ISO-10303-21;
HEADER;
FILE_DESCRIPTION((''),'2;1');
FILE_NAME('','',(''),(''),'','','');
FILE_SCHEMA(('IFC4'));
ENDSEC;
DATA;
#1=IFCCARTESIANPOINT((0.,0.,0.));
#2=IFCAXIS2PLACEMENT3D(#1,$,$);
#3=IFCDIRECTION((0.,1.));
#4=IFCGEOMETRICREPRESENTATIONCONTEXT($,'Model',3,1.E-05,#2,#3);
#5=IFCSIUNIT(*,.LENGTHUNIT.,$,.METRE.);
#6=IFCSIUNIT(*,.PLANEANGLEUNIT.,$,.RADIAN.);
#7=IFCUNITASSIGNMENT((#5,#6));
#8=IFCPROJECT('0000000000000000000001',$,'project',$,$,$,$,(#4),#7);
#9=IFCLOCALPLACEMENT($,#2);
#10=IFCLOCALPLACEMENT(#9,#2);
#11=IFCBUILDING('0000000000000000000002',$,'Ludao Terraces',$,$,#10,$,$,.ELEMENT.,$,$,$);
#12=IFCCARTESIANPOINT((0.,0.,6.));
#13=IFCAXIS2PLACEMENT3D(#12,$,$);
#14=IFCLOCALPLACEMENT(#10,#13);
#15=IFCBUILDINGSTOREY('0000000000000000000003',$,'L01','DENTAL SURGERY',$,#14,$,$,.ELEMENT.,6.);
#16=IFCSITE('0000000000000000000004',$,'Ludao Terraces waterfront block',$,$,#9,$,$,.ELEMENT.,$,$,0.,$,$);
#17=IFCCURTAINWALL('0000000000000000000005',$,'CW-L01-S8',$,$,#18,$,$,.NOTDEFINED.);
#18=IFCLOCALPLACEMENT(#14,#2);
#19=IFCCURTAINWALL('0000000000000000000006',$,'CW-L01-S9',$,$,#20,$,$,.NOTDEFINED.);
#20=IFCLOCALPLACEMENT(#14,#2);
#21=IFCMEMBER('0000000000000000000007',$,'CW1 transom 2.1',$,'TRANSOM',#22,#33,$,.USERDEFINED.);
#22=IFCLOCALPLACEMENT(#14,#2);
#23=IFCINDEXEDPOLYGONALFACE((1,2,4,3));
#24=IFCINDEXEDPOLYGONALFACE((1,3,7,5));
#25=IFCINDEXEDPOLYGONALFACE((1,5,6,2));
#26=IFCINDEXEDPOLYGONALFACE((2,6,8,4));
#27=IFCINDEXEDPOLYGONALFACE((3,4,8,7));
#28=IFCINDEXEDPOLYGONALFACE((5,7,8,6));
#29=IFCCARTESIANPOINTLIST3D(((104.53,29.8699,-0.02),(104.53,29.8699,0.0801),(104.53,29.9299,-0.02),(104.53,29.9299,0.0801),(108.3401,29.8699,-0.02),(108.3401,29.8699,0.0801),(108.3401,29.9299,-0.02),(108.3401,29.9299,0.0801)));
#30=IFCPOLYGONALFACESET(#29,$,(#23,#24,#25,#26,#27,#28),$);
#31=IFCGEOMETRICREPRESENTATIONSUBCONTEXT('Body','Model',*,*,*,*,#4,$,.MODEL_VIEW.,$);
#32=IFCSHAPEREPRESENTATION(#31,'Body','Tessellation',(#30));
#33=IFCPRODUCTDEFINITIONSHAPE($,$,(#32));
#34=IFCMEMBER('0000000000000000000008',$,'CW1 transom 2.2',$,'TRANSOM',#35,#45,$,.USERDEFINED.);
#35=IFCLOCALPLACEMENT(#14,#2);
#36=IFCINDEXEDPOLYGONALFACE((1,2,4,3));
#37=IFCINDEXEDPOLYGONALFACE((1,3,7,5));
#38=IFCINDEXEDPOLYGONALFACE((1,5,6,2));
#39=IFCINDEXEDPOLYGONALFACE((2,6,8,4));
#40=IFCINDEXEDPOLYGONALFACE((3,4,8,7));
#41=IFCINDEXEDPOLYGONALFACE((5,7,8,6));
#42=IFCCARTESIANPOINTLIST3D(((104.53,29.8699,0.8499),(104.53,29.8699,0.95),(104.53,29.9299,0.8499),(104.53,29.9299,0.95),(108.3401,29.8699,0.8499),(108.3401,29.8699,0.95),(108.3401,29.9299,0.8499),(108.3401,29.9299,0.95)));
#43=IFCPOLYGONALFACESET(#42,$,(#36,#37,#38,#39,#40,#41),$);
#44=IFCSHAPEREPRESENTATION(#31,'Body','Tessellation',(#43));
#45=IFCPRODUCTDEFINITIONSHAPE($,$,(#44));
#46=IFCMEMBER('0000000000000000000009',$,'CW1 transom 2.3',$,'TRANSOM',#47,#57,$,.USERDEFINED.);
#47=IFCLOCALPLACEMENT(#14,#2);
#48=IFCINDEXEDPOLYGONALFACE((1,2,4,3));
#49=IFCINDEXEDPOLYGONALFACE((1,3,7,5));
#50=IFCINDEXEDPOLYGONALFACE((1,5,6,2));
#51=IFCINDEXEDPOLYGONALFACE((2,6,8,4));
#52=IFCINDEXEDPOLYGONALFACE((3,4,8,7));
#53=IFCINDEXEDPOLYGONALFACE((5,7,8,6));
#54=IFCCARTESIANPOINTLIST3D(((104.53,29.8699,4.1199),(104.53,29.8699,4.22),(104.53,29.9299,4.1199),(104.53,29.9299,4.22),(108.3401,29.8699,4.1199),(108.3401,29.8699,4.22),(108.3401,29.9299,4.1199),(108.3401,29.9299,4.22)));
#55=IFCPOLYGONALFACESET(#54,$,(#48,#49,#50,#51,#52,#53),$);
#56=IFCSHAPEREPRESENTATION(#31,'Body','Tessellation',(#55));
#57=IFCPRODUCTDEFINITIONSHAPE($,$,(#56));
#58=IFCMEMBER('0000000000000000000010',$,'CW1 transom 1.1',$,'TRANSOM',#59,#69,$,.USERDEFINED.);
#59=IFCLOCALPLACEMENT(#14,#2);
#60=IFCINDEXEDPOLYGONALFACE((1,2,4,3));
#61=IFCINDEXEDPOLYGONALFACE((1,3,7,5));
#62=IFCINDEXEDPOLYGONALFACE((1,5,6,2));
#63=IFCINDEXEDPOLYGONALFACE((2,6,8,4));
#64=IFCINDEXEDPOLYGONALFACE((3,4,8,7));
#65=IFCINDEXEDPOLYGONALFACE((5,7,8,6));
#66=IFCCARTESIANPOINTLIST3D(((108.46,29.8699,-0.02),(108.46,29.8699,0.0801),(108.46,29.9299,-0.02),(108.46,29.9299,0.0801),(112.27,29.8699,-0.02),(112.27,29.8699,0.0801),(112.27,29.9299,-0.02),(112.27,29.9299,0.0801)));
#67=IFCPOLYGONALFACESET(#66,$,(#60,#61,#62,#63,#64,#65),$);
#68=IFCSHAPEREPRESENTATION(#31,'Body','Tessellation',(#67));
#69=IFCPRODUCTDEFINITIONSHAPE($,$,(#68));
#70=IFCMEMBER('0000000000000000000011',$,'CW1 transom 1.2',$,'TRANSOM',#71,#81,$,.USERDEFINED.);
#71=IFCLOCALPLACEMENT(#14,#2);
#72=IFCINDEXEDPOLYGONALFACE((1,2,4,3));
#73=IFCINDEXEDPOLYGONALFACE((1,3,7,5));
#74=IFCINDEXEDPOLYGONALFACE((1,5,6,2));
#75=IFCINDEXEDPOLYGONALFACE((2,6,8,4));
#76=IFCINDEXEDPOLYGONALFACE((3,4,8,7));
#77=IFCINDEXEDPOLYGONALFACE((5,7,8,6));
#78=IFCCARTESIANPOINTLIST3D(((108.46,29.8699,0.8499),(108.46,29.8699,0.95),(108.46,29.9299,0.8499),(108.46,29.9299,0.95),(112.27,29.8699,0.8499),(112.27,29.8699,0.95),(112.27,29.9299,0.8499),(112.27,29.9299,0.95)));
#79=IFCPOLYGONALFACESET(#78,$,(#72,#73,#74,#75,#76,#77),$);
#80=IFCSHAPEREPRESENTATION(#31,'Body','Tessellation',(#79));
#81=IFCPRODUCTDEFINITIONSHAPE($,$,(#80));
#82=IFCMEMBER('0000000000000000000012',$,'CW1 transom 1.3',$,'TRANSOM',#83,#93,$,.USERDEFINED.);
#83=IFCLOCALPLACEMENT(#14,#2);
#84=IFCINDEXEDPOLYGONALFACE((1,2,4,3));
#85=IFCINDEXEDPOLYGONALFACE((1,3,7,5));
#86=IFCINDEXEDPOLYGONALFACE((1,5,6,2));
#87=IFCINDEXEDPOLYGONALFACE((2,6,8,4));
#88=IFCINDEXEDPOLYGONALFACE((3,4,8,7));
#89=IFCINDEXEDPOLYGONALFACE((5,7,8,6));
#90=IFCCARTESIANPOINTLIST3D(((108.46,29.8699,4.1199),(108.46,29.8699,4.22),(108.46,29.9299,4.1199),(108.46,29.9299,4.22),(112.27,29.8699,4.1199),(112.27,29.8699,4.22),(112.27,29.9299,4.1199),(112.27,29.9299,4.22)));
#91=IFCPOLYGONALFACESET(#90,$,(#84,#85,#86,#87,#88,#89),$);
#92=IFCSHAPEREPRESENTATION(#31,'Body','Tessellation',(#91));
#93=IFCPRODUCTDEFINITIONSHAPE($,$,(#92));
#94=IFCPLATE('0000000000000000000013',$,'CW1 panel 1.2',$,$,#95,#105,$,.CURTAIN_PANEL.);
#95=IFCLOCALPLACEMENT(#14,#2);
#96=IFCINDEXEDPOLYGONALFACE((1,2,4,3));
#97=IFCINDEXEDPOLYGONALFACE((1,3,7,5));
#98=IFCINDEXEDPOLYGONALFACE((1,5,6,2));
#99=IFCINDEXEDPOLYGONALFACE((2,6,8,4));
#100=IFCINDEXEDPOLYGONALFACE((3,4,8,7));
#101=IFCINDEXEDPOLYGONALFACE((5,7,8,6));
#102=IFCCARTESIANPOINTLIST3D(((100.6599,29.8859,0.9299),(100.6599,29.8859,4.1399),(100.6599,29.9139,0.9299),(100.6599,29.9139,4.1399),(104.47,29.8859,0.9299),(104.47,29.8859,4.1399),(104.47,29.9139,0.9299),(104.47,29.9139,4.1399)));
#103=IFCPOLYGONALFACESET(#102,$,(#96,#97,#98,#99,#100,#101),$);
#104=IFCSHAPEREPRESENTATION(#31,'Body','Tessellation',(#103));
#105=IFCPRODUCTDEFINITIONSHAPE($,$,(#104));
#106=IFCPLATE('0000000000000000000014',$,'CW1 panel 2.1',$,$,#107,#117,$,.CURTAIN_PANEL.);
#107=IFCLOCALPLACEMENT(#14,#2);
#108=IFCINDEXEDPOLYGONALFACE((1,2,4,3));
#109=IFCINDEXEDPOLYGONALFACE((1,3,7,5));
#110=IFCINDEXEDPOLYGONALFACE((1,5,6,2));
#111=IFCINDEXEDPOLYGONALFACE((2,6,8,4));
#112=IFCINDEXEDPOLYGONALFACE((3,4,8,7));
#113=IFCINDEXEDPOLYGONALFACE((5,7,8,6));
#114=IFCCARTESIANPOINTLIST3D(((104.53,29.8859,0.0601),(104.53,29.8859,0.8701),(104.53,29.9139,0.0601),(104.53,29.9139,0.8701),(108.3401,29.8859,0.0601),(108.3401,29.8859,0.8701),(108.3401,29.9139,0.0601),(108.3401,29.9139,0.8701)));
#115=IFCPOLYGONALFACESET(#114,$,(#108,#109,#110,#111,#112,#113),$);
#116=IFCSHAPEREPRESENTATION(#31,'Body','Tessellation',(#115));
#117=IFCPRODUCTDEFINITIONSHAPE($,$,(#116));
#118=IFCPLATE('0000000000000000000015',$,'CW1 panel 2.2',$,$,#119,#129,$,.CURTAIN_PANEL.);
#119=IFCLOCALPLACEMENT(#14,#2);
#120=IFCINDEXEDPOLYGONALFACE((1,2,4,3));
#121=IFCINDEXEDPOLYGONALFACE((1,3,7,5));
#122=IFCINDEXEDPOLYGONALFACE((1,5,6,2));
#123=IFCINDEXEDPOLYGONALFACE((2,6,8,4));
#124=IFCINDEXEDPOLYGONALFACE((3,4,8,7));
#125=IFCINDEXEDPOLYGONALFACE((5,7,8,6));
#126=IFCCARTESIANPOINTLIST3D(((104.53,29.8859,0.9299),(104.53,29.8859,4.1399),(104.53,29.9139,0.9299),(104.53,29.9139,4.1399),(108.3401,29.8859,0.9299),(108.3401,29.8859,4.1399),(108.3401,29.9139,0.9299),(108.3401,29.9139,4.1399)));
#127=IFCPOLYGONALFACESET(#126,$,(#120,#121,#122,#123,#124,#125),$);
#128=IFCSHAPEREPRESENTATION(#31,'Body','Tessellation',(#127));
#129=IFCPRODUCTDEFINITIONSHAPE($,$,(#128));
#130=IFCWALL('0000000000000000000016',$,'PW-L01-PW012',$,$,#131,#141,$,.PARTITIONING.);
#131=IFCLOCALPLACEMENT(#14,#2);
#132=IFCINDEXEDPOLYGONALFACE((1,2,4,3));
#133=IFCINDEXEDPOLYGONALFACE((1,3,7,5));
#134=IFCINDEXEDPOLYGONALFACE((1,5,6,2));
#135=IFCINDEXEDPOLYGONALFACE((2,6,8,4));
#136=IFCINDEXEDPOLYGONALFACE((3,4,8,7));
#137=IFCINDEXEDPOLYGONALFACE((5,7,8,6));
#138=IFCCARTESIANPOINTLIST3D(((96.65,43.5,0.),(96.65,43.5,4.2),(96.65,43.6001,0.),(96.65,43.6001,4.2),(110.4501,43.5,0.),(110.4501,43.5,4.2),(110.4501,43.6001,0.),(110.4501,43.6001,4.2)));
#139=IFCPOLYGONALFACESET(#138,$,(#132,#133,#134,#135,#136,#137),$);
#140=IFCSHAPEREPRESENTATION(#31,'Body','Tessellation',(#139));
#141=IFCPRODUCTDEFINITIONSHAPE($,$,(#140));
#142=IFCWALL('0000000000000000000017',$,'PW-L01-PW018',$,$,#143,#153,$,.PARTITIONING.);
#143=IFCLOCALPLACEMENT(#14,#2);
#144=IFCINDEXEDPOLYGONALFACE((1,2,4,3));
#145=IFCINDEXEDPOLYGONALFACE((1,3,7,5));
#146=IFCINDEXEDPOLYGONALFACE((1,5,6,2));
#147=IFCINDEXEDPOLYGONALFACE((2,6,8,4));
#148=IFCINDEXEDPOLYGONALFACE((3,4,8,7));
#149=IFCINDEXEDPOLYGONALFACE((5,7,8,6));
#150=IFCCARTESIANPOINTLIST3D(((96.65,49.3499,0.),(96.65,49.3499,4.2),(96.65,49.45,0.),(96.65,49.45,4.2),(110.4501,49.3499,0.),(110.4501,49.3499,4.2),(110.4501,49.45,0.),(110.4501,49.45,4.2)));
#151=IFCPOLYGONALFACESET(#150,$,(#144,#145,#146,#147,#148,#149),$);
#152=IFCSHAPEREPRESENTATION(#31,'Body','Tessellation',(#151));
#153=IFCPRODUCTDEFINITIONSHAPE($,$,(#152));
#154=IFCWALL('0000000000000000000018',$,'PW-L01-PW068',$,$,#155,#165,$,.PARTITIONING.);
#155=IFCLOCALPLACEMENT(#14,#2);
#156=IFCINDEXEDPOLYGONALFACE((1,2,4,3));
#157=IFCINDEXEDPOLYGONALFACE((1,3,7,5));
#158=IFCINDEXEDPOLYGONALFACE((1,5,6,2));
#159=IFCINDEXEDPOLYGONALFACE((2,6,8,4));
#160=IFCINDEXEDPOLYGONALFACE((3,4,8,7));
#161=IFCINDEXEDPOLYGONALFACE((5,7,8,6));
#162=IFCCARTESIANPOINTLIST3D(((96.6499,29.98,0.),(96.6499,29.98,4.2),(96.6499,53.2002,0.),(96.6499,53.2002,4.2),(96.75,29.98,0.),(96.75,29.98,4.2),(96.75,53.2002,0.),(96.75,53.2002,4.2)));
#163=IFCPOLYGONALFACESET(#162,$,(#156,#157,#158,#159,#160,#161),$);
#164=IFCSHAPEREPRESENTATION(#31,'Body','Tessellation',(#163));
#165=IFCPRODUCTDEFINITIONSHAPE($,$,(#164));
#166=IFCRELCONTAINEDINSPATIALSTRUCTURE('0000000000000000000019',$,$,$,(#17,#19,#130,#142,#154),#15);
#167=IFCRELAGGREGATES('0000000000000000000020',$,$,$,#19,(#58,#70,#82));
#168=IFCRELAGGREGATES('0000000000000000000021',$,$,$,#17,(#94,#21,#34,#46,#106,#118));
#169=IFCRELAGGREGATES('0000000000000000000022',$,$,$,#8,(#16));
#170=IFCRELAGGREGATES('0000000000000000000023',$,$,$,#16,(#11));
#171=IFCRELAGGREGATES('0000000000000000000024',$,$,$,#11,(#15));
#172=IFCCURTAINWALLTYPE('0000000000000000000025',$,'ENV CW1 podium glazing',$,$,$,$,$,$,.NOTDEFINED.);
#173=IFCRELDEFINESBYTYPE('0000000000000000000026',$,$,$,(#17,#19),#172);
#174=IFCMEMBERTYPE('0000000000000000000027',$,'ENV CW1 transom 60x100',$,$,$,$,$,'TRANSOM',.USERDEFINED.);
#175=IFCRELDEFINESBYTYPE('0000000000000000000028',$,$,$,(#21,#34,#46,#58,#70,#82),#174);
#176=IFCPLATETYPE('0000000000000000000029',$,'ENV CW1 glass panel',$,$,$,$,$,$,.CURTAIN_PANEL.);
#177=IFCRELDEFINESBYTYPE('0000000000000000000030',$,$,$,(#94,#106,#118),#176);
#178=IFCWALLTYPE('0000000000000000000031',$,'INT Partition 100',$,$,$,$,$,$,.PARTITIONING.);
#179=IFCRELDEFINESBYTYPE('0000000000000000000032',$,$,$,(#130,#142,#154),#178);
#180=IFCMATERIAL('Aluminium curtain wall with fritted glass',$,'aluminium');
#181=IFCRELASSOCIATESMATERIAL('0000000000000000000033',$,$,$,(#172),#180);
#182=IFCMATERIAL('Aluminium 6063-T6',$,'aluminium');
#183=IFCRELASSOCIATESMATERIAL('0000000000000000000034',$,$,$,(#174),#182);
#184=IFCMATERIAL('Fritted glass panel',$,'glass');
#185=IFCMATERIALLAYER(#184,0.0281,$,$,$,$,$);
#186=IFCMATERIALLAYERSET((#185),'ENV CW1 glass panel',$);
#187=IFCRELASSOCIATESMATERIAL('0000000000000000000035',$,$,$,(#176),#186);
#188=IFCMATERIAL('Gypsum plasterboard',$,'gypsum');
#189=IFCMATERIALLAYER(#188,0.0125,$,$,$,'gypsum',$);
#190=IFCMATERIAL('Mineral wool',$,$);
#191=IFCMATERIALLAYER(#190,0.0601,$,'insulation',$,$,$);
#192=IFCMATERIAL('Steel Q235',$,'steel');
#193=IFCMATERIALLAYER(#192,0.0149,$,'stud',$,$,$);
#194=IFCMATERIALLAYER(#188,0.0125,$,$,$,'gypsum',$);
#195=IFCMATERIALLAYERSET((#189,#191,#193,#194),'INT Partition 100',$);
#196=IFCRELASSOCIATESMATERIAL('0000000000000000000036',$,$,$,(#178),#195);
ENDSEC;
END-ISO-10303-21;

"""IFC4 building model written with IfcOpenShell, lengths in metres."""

from ifc_helpers import new_model, si_unit, direction, frame, frame_2d, origin, origin_2d, place, context, subcontext, project, spatial, rectangle, extrude, material, layer, layer_set, material_profile, profile_set, type_object, element, aggregate, save


model = new_model("IFC4")

# Units and contexts
model_context = context("Model", 3, precision=1e-05, world=origin(), true_north=direction((0.0, 1.0)))
body_context = subcontext(model_context, "Body", "Model", "MODEL_VIEW")
ifc_project = project(units=[si_unit("LENGTHUNIT", "METRE"), si_unit("PLANEANGLEUNIT", "RADIAN")], contexts=[model_context])

# Site, building, storey
site_placement = place(None, origin())
site = spatial("IfcSite", under=ifc_project, at=site_placement, Name="Ludao Terraces waterfront block", CompositionType="ELEMENT", RefElevation=0.0)
building_placement = place(site_placement, origin())
building = spatial("IfcBuilding", under=site, at=building_placement, Name="Ludao Terraces", CompositionType="ELEMENT")
storey_placement = place(building_placement, frame((0.0, 0.0, 6.0)))
storey = spatial("IfcBuildingStorey", under=building, at=storey_placement, Name="L01", Description="DENTAL SURGERY", CompositionType="ELEMENT", Elevation=6.0)

# Curtain wall
ifc_material_1 = material(Name="Aluminium curtain wall with fritted glass", Category="aluminium")
curtain_wall_type = type_object("IfcCurtainWallType", Name="ENV CW1 podium glazing", PredefinedType="NOTDEFINED", material=ifc_material_1)
curtain_wall_1_placement = place(storey_placement, origin())
curtain_wall_1 = element("IfcCurtainWall", 1, at=curtain_wall_1_placement, inside=storey, type_object=curtain_wall_type, Name="CW-L01-S8", PredefinedType="NOTDEFINED")
ifc_material_2 = material(Name="Aluminium 6063-T6", Category="aluminium")

# Curtain wall
curtain_wall_2_placement = place(storey_placement, origin())
curtain_wall_2 = element("IfcCurtainWall", 2, at=curtain_wall_2_placement, inside=storey, type_object=curtain_wall_type, Name="CW-L01-S9", PredefinedType="NOTDEFINED")

# Members
ifc_material_profile_1 = material_profile(ifc_material_2, rectangle(XDim=0.0601, YDim=0.1001, at=origin_2d()), Name="60 X 100")
ifc_profile_set_1 = profile_set([ifc_material_profile_1], Name="Aluminium 6063-T6")
member_type_1 = type_object("IfcMemberType", Name="ENV CW1 transom 60x100", ElementType="TRANSOM", PredefinedType="USERDEFINED", material=ifc_profile_set_1)
member_1_placement = place(storey_placement, frame((104.53, 29.8999, 0.03), z_axis=(1.0, 0.0, 0.0), x_axis=(0.0, 1.0, 0.0)))
member_1 = element("IfcMember", 3, at=member_1_placement, type_object=member_type_1, Name="CW1 transom 2.1", ObjectType="TRANSOM", PredefinedType="USERDEFINED", context=body_context, shape_type="SweptSolid", body=[
    extrude(rectangle(XDim=0.0601, YDim=0.1001, at=origin_2d()), origin(), (0.0, 0.0, 1.0), 3.8101),
])
member_2_placement = place(storey_placement, frame((104.53, 29.8999, 0.8999), z_axis=(1.0, 0.0, 0.0), x_axis=(0.0, 1.0, 0.0)))
member_2 = element("IfcMember", 4, at=member_2_placement, type_object=member_type_1, Name="CW1 transom 2.2", ObjectType="TRANSOM", PredefinedType="USERDEFINED", context=body_context, shape_type="SweptSolid", body=[
    extrude(rectangle(XDim=0.0601, YDim=0.1001, at=origin_2d()), origin(), (0.0, 0.0, 1.0), 3.8101),
])
member_3_placement = place(storey_placement, frame((104.53, 29.8999, 4.1699), z_axis=(1.0, 0.0, 0.0), x_axis=(0.0, 1.0, 0.0)))
member_3 = element("IfcMember", 5, at=member_3_placement, type_object=member_type_1, Name="CW1 transom 2.3", ObjectType="TRANSOM", PredefinedType="USERDEFINED", context=body_context, shape_type="SweptSolid", body=[
    extrude(rectangle(XDim=0.0601, YDim=0.1001, at=origin_2d()), origin(), (0.0, 0.0, 1.0), 3.8101),
])
member_4_placement = place(storey_placement, frame((108.46, 29.8999, 0.03), z_axis=(1.0, 0.0, 0.0), x_axis=(0.0, 1.0, 0.0)))
member_4 = element("IfcMember", 6, at=member_4_placement, type_object=member_type_1, Name="CW1 transom 1.1", ObjectType="TRANSOM", PredefinedType="USERDEFINED", context=body_context, shape_type="SweptSolid", body=[
    extrude(rectangle(XDim=0.0601, YDim=0.1001, at=origin_2d()), origin(), (0.0, 0.0, 1.0), 3.8101),
])
member_5_placement = place(storey_placement, frame((108.46, 29.8999, 0.8999), z_axis=(1.0, 0.0, 0.0), x_axis=(0.0, 1.0, 0.0)))
member_5 = element("IfcMember", 7, at=member_5_placement, type_object=member_type_1, Name="CW1 transom 1.2", ObjectType="TRANSOM", PredefinedType="USERDEFINED", context=body_context, shape_type="SweptSolid", body=[
    extrude(rectangle(XDim=0.0601, YDim=0.1001, at=origin_2d()), origin(), (0.0, 0.0, 1.0), 3.8101),
])
member_6_placement = place(storey_placement, frame((108.46, 29.8999, 4.1699), z_axis=(1.0, 0.0, 0.0), x_axis=(0.0, 1.0, 0.0)))
member_6 = element("IfcMember", 8, at=member_6_placement, type_object=member_type_1, Name="CW1 transom 1.3", ObjectType="TRANSOM", PredefinedType="USERDEFINED", context=body_context, shape_type="SweptSolid", body=[
    extrude(rectangle(XDim=0.0601, YDim=0.1001, at=origin_2d()), origin(), (0.0, 0.0, 1.0), 3.8101),
])
aggregate(curtain_wall_2, [member_4, member_5, member_6])

# Plates
ifc_material_3 = material(Name="Fritted glass panel", Category="glass")
ifc_layer_1 = layer(ifc_material_3, 0.0281)
ifc_layer_set_1 = layer_set([ifc_layer_1], Name="ENV CW1 glass panel")
plate_type = type_object("IfcPlateType", Name="ENV CW1 glass panel", PredefinedType="CURTAIN_PANEL", material=ifc_layer_set_1)
plate_1_placement = place(storey_placement, frame((102.5649, 29.8999, 0.9299), z_axis=(0.0, 0.0, 1.0), x_axis=(1.0, 0.0, 0.0)))
plate_1 = element("IfcPlate", 9, at=plate_1_placement, type_object=plate_type, Name="CW1 panel 1.2", PredefinedType="CURTAIN_PANEL", context=body_context, shape_type="SweptSolid", body=[
    extrude(rectangle(XDim=3.8101, YDim=0.0281, at=origin_2d()), origin(), (0.0, 0.0, 1.0), 3.21),
])
plate_2_placement = place(storey_placement, frame((106.4351, 29.8999, 0.0601), z_axis=(0.0, 0.0, 1.0), x_axis=(1.0, 0.0, 0.0)))
plate_2 = element("IfcPlate", 10, at=plate_2_placement, type_object=plate_type, Name="CW1 panel 2.1", PredefinedType="CURTAIN_PANEL", context=body_context, shape_type="SweptSolid", body=[
    extrude(rectangle(XDim=3.8101, YDim=0.0281, at=origin_2d()), origin(), (0.0, 0.0, 1.0), 0.8101),
])
plate_3_placement = place(storey_placement, frame((106.4351, 29.8999, 0.9299), z_axis=(0.0, 0.0, 1.0), x_axis=(1.0, 0.0, 0.0)))
plate_3 = element("IfcPlate", 11, at=plate_3_placement, type_object=plate_type, Name="CW1 panel 2.2", PredefinedType="CURTAIN_PANEL", context=body_context, shape_type="SweptSolid", body=[
    extrude(rectangle(XDim=3.8101, YDim=0.0281, at=origin_2d()), origin(), (0.0, 0.0, 1.0), 3.21),
])
aggregate(curtain_wall_1, [plate_1, member_1, member_2, member_3, plate_2, plate_3])

# Walls
ifc_material_4 = material(Name="Gypsum plasterboard", Category="gypsum")
ifc_layer_2 = layer(ifc_material_4, 0.0125, Category="gypsum")
ifc_material_5 = material(Name="Mineral wool")
ifc_layer_3 = layer(ifc_material_5, 0.0601, Name="insulation")
ifc_material_6 = material(Name="Steel Q235", Category="steel")
ifc_layer_4 = layer(ifc_material_6, 0.0149, Name="stud")
ifc_layer_5 = layer(ifc_material_4, 0.0125, Category="gypsum")
ifc_layer_set_2 = layer_set([ifc_layer_2, ifc_layer_3, ifc_layer_4, ifc_layer_5], Name="INT Partition 100")
wall_type = type_object("IfcWallType", Name="INT Partition 100", PredefinedType="PARTITIONING", material=ifc_layer_set_2)
for number, where, z_axis, x_axis, name in (
    (12, (96.6501, 43.55, 0.0), (0.0, 0.0, 1.0), (1.0, 0.0, 0.0), "PW-L01-PW012"),
    (13, (96.6501, 49.3999, 0.0), (0.0, 0.0, 1.0), (1.0, 0.0, 0.0), "PW-L01-PW018"),
):
    element("IfcWall", number, at=place(storey_placement, frame(where, z_axis=z_axis, x_axis=x_axis)), inside=storey, type_object=wall_type, Name=name, PredefinedType="PARTITIONING", context=body_context, shape_type="SweptSolid", body=[
        extrude(rectangle(XDim=13.8, YDim=0.1001, at=frame_2d((6.8999, 0.0))), origin(), (0.0, 0.0, 1.0), 4.2),
    ])
wall_placement = place(storey_placement, frame((96.7, 29.98, 0.0), z_axis=(0.0, 0.0, 1.0), x_axis=(0.0, 1.0, 0.0)))
element("IfcWall", 14, at=wall_placement, inside=storey, type_object=wall_type, Name="PW-L01-PW068", PredefinedType="PARTITIONING", context=body_context, shape_type="SweptSolid", body=[
    extrude(rectangle(XDim=23.2202, YDim=0.1001, at=frame_2d((11.6101, 0.0))), origin(), (0.0, 0.0, 1.0), 4.2),
])

save(model, "model.ifc")
